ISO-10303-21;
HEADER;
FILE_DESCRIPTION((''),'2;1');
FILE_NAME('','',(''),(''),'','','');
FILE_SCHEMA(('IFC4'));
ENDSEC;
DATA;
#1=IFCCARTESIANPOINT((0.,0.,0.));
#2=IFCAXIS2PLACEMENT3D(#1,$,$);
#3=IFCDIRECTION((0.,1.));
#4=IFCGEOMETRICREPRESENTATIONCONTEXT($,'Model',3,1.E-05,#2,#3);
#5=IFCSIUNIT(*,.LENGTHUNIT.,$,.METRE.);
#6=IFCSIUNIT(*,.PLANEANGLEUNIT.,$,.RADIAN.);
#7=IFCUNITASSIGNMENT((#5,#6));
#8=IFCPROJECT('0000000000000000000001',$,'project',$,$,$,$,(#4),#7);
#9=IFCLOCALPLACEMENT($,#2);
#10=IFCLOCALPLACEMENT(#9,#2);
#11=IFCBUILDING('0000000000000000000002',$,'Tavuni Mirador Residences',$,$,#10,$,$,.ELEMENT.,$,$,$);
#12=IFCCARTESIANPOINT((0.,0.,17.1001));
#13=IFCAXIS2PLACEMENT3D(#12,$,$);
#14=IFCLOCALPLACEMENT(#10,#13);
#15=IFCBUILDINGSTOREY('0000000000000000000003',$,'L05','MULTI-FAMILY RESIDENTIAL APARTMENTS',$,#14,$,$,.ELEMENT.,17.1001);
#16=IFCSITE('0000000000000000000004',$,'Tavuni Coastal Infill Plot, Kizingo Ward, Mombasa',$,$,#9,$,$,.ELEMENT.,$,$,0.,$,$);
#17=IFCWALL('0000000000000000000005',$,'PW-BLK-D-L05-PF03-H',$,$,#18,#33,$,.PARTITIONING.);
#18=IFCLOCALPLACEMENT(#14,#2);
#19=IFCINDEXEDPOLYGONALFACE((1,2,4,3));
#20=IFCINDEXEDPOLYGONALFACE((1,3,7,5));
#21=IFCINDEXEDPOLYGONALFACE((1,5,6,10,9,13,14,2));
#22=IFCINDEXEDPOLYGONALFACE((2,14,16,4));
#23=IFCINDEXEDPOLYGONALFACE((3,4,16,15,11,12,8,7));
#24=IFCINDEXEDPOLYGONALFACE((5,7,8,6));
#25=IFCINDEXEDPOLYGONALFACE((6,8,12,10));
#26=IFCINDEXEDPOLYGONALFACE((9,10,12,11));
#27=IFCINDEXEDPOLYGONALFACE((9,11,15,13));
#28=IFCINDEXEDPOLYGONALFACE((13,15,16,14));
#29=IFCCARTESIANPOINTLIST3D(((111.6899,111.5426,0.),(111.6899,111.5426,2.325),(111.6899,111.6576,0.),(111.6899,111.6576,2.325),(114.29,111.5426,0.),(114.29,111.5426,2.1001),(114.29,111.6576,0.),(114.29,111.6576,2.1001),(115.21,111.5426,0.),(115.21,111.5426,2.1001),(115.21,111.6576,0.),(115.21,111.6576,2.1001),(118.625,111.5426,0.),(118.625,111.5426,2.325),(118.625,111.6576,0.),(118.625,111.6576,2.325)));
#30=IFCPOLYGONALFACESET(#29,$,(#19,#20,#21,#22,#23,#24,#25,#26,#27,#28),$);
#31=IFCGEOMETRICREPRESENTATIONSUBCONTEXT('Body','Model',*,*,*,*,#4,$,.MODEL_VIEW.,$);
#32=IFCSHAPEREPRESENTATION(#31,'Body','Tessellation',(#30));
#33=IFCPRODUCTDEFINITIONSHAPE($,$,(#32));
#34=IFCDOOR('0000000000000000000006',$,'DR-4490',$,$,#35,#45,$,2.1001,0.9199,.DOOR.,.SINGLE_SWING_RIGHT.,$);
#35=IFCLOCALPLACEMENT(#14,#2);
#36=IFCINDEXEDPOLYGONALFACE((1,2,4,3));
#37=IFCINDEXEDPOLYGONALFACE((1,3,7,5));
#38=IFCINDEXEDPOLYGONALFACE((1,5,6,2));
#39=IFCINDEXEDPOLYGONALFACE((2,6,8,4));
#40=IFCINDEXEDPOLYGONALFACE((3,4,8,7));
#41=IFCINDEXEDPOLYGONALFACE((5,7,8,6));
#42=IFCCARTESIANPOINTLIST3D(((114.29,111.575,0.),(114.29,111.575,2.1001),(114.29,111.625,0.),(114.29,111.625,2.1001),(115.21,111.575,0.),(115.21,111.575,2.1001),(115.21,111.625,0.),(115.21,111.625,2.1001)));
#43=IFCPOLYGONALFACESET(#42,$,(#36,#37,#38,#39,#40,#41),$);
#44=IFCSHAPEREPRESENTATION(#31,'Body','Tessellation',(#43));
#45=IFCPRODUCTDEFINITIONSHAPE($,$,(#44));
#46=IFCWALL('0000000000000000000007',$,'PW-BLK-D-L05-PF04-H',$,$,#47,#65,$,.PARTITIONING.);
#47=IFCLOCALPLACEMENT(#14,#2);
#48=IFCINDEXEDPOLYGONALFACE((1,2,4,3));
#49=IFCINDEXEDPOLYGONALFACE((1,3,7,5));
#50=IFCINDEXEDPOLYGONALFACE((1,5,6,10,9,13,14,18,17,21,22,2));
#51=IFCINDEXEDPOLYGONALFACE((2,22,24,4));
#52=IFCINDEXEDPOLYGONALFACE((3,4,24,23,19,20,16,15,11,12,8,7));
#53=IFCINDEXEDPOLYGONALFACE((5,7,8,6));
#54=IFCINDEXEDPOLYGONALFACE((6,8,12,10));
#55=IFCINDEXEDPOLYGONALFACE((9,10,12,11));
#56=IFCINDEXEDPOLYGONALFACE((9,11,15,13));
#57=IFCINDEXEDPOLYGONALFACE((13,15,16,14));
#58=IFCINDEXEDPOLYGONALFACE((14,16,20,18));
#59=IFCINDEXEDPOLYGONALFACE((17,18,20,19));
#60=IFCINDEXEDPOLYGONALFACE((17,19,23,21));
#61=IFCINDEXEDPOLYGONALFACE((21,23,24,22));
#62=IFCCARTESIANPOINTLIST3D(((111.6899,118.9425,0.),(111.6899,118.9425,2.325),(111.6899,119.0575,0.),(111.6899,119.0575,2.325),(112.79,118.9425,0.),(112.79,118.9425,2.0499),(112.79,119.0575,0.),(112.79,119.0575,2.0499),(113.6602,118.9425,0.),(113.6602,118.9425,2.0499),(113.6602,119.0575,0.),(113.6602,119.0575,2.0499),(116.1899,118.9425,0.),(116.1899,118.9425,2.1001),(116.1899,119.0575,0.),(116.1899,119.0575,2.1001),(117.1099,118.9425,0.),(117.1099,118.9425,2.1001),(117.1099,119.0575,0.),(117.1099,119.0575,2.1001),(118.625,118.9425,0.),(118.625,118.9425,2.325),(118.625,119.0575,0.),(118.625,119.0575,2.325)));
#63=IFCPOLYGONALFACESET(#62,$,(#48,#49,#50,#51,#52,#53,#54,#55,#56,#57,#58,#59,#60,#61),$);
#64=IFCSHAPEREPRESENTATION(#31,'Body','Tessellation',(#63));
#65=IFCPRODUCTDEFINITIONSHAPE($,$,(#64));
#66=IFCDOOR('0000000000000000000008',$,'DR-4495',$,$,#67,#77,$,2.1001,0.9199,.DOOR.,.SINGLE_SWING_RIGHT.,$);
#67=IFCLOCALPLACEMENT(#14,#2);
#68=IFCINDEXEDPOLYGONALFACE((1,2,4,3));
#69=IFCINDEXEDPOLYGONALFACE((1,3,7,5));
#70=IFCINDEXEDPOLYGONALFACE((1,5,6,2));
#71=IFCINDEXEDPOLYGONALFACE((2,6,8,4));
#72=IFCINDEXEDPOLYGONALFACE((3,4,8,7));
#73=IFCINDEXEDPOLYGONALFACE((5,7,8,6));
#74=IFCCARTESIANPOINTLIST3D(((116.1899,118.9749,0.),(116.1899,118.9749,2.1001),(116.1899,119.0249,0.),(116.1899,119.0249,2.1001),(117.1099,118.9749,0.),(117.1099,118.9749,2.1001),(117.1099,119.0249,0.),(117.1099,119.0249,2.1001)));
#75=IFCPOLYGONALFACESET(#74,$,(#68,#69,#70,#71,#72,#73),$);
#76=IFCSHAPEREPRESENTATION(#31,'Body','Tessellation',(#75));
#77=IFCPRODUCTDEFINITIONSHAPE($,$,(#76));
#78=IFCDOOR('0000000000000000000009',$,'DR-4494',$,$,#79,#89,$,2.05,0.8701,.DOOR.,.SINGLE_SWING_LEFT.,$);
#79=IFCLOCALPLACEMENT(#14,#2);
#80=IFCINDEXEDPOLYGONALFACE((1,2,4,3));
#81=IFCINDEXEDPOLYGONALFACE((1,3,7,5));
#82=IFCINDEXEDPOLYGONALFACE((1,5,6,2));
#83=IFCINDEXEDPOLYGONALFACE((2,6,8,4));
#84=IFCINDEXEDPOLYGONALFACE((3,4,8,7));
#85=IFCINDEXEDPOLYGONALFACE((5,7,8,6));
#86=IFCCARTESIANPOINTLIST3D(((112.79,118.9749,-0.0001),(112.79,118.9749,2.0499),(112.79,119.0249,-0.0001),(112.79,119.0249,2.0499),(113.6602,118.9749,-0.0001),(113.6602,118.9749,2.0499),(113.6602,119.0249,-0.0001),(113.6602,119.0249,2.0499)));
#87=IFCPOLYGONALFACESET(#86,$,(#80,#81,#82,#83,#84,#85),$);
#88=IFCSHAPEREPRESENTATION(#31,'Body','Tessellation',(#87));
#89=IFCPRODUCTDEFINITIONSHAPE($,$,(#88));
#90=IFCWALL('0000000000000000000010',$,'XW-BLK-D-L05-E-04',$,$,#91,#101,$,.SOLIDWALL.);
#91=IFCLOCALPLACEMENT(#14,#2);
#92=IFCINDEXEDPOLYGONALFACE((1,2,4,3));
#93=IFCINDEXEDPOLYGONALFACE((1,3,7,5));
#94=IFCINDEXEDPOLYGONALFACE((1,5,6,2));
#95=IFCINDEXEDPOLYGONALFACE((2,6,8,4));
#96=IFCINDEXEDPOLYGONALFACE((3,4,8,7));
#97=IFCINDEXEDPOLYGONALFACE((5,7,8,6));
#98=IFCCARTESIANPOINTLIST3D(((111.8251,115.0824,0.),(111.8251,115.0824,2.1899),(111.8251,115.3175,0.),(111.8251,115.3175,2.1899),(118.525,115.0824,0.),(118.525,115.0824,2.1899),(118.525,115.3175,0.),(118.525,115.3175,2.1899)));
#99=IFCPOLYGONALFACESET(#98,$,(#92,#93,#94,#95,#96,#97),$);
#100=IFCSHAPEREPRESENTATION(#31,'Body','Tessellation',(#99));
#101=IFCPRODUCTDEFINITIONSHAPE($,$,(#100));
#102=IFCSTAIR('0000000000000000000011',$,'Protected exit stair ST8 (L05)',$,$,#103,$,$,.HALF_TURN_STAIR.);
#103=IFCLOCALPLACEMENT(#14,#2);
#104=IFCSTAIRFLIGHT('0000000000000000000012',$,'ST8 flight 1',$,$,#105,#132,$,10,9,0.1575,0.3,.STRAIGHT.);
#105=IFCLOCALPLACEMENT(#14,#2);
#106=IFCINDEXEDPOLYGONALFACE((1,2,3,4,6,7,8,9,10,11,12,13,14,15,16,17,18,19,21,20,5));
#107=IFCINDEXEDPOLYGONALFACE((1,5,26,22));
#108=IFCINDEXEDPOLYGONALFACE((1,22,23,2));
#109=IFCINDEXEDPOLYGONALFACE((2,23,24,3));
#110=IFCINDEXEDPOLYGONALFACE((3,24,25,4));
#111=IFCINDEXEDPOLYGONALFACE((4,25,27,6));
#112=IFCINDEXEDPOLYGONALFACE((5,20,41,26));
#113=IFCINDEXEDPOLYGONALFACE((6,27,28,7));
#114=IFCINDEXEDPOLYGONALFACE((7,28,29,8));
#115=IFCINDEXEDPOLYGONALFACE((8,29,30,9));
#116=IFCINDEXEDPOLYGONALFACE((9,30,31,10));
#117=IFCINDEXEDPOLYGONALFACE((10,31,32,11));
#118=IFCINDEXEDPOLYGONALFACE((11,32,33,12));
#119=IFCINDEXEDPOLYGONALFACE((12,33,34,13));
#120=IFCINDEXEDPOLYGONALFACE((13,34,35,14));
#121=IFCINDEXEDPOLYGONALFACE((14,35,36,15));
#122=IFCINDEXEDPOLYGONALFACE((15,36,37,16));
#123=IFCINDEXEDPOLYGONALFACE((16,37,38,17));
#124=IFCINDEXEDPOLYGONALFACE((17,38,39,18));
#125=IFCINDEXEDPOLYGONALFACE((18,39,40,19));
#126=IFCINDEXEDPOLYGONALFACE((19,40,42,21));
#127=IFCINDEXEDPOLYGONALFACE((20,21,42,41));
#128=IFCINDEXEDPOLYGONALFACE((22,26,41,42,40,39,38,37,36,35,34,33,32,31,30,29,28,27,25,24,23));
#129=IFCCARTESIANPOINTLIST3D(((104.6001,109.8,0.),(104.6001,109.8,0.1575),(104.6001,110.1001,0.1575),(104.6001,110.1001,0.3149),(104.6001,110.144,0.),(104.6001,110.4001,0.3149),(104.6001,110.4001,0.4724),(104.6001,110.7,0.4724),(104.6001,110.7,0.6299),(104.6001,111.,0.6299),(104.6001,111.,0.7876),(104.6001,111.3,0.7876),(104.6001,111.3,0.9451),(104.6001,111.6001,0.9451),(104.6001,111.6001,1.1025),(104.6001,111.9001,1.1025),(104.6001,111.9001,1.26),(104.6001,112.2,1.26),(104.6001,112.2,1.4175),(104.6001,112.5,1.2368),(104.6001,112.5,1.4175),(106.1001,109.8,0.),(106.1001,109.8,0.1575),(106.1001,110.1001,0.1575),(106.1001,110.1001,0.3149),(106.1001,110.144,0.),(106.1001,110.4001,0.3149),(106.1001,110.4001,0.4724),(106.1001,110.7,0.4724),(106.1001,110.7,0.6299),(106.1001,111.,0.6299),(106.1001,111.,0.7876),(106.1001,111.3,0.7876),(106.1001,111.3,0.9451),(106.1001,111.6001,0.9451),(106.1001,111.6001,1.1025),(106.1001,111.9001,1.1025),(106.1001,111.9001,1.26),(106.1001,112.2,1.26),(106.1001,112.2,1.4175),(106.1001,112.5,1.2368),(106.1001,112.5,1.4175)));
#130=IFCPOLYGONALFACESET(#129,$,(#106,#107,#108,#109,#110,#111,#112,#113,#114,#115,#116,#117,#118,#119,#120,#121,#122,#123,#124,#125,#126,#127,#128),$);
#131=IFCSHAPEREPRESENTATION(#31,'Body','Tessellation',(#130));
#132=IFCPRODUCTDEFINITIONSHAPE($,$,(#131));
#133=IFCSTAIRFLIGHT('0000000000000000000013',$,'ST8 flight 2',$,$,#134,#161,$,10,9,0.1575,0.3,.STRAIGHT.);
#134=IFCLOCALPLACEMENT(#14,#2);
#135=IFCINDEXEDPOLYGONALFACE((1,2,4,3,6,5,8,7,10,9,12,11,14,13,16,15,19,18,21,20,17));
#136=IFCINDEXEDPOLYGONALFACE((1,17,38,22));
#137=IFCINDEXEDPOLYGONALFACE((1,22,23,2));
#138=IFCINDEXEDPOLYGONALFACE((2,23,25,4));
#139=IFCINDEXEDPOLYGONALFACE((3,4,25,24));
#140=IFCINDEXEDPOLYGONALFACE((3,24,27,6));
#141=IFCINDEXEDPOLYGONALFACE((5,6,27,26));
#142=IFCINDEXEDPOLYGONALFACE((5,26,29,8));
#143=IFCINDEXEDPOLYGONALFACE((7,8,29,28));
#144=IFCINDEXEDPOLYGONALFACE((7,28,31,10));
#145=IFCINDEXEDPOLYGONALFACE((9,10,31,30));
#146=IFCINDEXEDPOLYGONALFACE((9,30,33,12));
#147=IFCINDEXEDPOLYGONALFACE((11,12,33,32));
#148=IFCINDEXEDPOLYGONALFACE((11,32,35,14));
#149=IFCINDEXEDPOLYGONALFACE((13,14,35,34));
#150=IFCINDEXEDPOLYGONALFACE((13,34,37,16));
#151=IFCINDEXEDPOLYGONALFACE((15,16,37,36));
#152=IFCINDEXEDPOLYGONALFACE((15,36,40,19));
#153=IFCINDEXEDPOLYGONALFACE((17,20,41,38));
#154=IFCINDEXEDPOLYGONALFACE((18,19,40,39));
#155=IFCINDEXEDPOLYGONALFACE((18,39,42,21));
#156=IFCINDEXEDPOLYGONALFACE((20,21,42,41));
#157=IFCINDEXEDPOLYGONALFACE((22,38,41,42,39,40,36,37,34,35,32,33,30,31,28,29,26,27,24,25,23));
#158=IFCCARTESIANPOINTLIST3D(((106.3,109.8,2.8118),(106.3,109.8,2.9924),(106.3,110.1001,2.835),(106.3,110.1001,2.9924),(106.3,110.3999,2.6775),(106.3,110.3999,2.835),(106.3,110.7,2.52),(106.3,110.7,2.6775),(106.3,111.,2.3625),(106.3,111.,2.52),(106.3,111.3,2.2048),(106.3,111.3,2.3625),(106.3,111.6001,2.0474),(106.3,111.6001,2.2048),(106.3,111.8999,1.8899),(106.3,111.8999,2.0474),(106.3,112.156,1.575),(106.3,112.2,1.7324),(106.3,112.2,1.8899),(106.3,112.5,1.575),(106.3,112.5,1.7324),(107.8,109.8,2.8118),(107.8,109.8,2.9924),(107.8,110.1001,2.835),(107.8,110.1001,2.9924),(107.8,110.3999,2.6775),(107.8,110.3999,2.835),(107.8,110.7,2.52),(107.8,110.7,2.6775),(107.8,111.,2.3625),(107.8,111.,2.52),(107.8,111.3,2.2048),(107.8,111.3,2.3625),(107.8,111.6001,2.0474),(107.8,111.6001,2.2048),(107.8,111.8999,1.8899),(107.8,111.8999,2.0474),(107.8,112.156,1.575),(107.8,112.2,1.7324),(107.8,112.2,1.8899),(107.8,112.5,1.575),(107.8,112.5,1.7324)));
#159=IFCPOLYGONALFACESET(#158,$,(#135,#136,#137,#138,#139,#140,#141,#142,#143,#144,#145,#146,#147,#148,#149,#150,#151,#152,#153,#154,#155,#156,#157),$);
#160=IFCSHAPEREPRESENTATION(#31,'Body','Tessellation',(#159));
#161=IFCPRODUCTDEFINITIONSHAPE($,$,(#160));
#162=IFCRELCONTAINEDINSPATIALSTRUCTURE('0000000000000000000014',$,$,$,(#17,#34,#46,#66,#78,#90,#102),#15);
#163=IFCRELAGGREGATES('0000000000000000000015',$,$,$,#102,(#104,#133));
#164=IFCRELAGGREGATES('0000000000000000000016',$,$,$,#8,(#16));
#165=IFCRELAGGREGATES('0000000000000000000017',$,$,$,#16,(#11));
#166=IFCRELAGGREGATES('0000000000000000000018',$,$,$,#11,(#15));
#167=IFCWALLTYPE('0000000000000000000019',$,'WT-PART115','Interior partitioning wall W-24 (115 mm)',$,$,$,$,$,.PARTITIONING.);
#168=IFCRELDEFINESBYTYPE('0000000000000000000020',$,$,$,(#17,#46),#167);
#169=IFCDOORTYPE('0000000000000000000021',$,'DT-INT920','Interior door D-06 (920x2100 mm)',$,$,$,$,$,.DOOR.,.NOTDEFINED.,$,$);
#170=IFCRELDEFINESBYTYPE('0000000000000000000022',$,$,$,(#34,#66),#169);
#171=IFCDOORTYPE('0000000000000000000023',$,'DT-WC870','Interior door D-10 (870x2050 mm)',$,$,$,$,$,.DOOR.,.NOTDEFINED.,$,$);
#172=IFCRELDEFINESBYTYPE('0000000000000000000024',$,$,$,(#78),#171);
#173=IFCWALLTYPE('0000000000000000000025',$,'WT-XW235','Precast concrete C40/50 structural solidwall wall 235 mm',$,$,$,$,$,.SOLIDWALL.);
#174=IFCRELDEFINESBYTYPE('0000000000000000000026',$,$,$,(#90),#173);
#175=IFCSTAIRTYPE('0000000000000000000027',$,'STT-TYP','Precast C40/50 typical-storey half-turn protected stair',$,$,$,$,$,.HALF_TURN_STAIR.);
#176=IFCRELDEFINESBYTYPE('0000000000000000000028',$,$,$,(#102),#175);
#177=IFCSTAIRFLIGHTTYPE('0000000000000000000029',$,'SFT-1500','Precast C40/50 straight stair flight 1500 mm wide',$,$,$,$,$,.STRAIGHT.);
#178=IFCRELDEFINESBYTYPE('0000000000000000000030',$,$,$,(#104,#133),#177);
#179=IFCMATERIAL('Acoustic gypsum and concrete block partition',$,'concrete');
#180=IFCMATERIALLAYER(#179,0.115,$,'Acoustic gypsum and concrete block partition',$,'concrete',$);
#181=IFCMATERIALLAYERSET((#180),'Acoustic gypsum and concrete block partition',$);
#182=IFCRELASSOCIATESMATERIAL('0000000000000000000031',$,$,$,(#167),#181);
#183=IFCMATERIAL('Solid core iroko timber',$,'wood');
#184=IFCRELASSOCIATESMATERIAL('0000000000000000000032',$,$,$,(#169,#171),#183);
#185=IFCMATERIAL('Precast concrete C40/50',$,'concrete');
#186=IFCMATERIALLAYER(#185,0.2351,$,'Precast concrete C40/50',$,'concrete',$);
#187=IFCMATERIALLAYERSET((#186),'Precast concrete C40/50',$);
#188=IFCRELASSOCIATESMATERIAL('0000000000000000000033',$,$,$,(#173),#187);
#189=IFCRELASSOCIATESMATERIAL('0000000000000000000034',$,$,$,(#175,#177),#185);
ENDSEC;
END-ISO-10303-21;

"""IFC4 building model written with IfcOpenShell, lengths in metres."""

from ifc_helpers import new_model, si_unit, direction, frame, frame_2d, origin, place, context, subcontext, project, spatial, polyline, rectangle, outline, extrude, material, layer, layer_set, type_object, element, fill, aggregate, save


model = new_model("IFC4")

# Units and contexts
model_context = context("Model", 3, precision=1e-05, world=origin(), true_north=direction((0.0, 1.0)))
body_context = subcontext(model_context, "Body", "Model", "MODEL_VIEW")
ifc_project = project(units=[si_unit("LENGTHUNIT", "METRE"), si_unit("PLANEANGLEUNIT", "RADIAN")], contexts=[model_context])

# Site, building, storey
site_placement = place(None, origin())
site = spatial("IfcSite", under=ifc_project, at=site_placement, Name="Tavuni Coastal Infill Plot, Kizingo Ward, Mombasa", CompositionType="ELEMENT", RefElevation=0.0)
building_placement = place(site_placement, origin())
building = spatial("IfcBuilding", under=site, at=building_placement, Name="Tavuni Mirador Residences", CompositionType="ELEMENT")
storey_placement = place(building_placement, frame((0.0, 0.0, 17.1001)))
storey = spatial("IfcBuildingStorey", under=building, at=storey_placement, Name="L05", Description="MULTI-FAMILY RESIDENTIAL APARTMENTS", CompositionType="ELEMENT", Elevation=17.1001)

# Shared definitions
ifc_material_1 = material(Name="Precast concrete C40/50", Category="concrete")

# Shared definitions
ifc_material_2 = material(Name="Solid core iroko timber", Category="wood")

# Shared definitions
ifc_material_3 = material(Name="Acoustic gypsum and concrete block partition", Category="concrete")

# Wall, opening, door
ifc_layer_1 = layer(ifc_material_3, 0.115, Name="Acoustic gypsum and concrete block partition", Category="concrete")
ifc_layer_set_1 = layer_set([ifc_layer_1], Name="Acoustic gypsum and concrete block partition")
wall_type_1 = type_object("IfcWallType", Name="WT-PART115", Description="Interior partitioning wall W-24 (115 mm)", PredefinedType="PARTITIONING", material=ifc_layer_set_1)
wall_1_placement = place(storey_placement, frame((111.6899, 111.6001, 0.0), z_axis=(0.0, 0.0, 1.0), x_axis=(1.0, 0.0, 0.0)))
wall_1 = element("IfcWall", 1, at=wall_1_placement, inside=storey, type_object=wall_type_1, Name="PW-BLK-D-L05-PF03-H", PredefinedType="PARTITIONING", context=body_context, shape_type="SweptSolid", body=[
    extrude(rectangle(XDim=6.9351, YDim=0.115, at=frame_2d((3.4675, 0.0))), origin(), (0.0, 0.0, 1.0), 2.325),
])
opening_1_placement = place(wall_1_placement, frame((2.6001, 0.0, 0.0)))
opening_1 = element("IfcOpeningElement", 2, at=opening_1_placement, cuts=wall_1, PredefinedType="OPENING", context=body_context, shape_type="SweptSolid", body=[
    extrude(rectangle(XDim=0.9199, YDim=2.1001, at=frame_2d((0.46, 1.05))), frame((0.0, 0.0674, 0.0), z_axis=(0.0, -1.0, 0.0), x_axis=(1.0, 0.0, 0.0)), (0.0, 0.0, 1.0), 0.135),
])
door_type_1 = type_object("IfcDoorType", Name="DT-INT920", Description="Interior door D-06 (920x2100 mm)", OperationType="NOTDEFINED", PredefinedType="DOOR", material=ifc_material_2)
door_1_placement = place(opening_1_placement, origin())
door_1 = element("IfcDoor", 3, at=door_1_placement, inside=storey, type_object=door_type_1, Name="DR-4490", OperationType="SINGLE_SWING_RIGHT", OverallHeight=2.1001, OverallWidth=0.9199, PredefinedType="DOOR", context=body_context, shape_type="SweptSolid", body=[
    extrude(rectangle(XDim=0.9199, YDim=2.1001, at=frame_2d((0.46, 1.05))), frame((0.0, 0.0249, 0.0), z_axis=(0.0, -1.0, 0.0), x_axis=(1.0, 0.0, 0.0)), (0.0, 0.0, 1.0), 0.05),
])
fill(opening_1, door_1)

# Wall, openings, doors
wall_2_placement = place(storey_placement, frame((111.6899, 119.0, 0.0), z_axis=(0.0, 0.0, 1.0), x_axis=(1.0, 0.0, 0.0)))
wall_2 = element("IfcWall", 4, at=wall_2_placement, inside=storey, type_object=wall_type_1, Name="PW-BLK-D-L05-PF04-H", PredefinedType="PARTITIONING", context=body_context, shape_type="SweptSolid", body=[
    extrude(rectangle(XDim=6.9351, YDim=0.115, at=frame_2d((3.4675, 0.0))), origin(), (0.0, 0.0, 1.0), 2.325),
])
opening_2_placement = place(wall_2_placement, frame((1.1001, 0.0, 0.0)))
opening_2 = element("IfcOpeningElement", 5, at=opening_2_placement, cuts=wall_2, PredefinedType="OPENING", context=body_context, shape_type="SweptSolid", body=[
    extrude(rectangle(XDim=0.8701, YDim=2.05, at=frame_2d((0.4351, 1.0249))), frame((0.0, 0.0674, 0.0), z_axis=(0.0, -1.0, 0.0), x_axis=(1.0, 0.0, 0.0)), (0.0, 0.0, 1.0), 0.135),
])
opening_3_placement = place(wall_2_placement, frame((4.5, 0.0, 0.0)))
opening_3 = element("IfcOpeningElement", 6, at=opening_3_placement, cuts=wall_2, PredefinedType="OPENING", context=body_context, shape_type="SweptSolid", body=[
    extrude(rectangle(XDim=0.9199, YDim=2.1001, at=frame_2d((0.46, 1.05))), frame((0.0, 0.0674, 0.0), z_axis=(0.0, -1.0, 0.0), x_axis=(1.0, 0.0, 0.0)), (0.0, 0.0, 1.0), 0.135),
])
door_2_placement = place(opening_3_placement, origin())
door_2 = element("IfcDoor", 7, at=door_2_placement, inside=storey, type_object=door_type_1, Name="DR-4495", OperationType="SINGLE_SWING_RIGHT", OverallHeight=2.1001, OverallWidth=0.9199, PredefinedType="DOOR", context=body_context, shape_type="SweptSolid", body=[
    extrude(rectangle(XDim=0.9199, YDim=2.1001, at=frame_2d((0.46, 1.05))), frame((0.0, 0.0249, 0.0), z_axis=(0.0, -1.0, 0.0), x_axis=(1.0, 0.0, 0.0)), (0.0, 0.0, 1.0), 0.05),
])
fill(opening_3, door_2)
door_type_2 = type_object("IfcDoorType", Name="DT-WC870", Description="Interior door D-10 (870x2050 mm)", OperationType="NOTDEFINED", PredefinedType="DOOR", material=ifc_material_2)
door_3_placement = place(opening_2_placement, origin())
door_3 = element("IfcDoor", 8, at=door_3_placement, inside=storey, type_object=door_type_2, Name="DR-4494", OperationType="SINGLE_SWING_LEFT", OverallHeight=2.05, OverallWidth=0.8701, PredefinedType="DOOR", context=body_context, shape_type="SweptSolid", body=[
    extrude(rectangle(XDim=0.8701, YDim=2.05, at=frame_2d((0.4351, 1.0249))), frame((0.0, 0.0249, 0.0), z_axis=(0.0, -1.0, 0.0), x_axis=(1.0, 0.0, 0.0)), (0.0, 0.0, 1.0), 0.05),
])
fill(opening_2, door_3)

# Wall
ifc_layer_2 = layer(ifc_material_1, 0.2351, Name="Precast concrete C40/50", Category="concrete")
ifc_layer_set_2 = layer_set([ifc_layer_2], Name="Precast concrete C40/50")
wall_type_2 = type_object("IfcWallType", Name="WT-XW235", Description="Precast concrete C40/50 structural solidwall wall 235 mm", PredefinedType="SOLIDWALL", material=ifc_layer_set_2)
wall_3_placement = place(storey_placement, frame((111.825, 115.2, 0.0), z_axis=(0.0, 0.0, 1.0), x_axis=(1.0, 0.0, 0.0)))
element("IfcWall", 9, at=wall_3_placement, inside=storey, type_object=wall_type_2, Name="XW-BLK-D-L05-E-04", PredefinedType="SOLIDWALL", context=body_context, shape_type="SweptSolid", body=[
    extrude(rectangle(XDim=6.7, YDim=0.2351, at=frame_2d((3.3501, 0.0))), origin(), (0.0, 0.0, 1.0), 2.1899),
])

# Stair, stair flights
stair_type = type_object("IfcStairType", Name="STT-TYP", Description="Precast C40/50 typical-storey half-turn protected stair", PredefinedType="HALF_TURN_STAIR", material=ifc_material_1)
stair_placement = place(storey_placement, origin())
stair = element("IfcStair", 10, at=stair_placement, inside=storey, type_object=stair_type, Name="Protected exit stair ST8 (L05)", PredefinedType="HALF_TURN_STAIR")
stair_flight_type = type_object("IfcStairFlightType", Name="SFT-1500", Description="Precast C40/50 straight stair flight 1500 mm wide", PredefinedType="STRAIGHT", material=ifc_material_1)
stair_flight_1_placement = place(storey_placement, frame((105.3501, 109.8, 0.0), z_axis=(0.0, 0.0, 1.0), x_axis=(0.0, 1.0, 0.0)))
stair_flight_1 = element("IfcStairFlight", 11, at=stair_flight_1_placement, type_object=stair_flight_type, Name="ST8 flight 1", NumberOfRisers=10, NumberOfTreads=9, PredefinedType="STRAIGHT", RiserHeight=0.1575, TreadLength=0.3, context=body_context, shape_type="SweptSolid", body=[
    extrude(outline(polyline([(0.0, 0.0), (0.0, 0.1575), (0.3, 0.1575), (0.3, 0.3149), (0.6001, 0.3149), (0.6001, 0.4724), (0.8999, 0.4724), (0.8999, 0.6299), (1.2, 0.6299), (1.2, 0.7876), (1.5, 0.7876), (1.5, 0.9451), (1.8, 0.9451), (1.8, 1.1025), (2.1001, 1.1025), (2.1001, 1.26), (2.3999, 1.26), (2.3999, 1.4175), (2.7, 1.4175), (2.7, 1.575), (2.7, 1.2368), (0.344, 0.0), (0.0, 0.0)])), frame((0.0, 0.75, 0.0), z_axis=(0.0, -1.0, 0.0), x_axis=(1.0, 0.0, 0.0)), (0.0, 0.0, 1.0), 1.5),
])
stair_flight_2_placement = place(storey_placement, frame((107.05, 112.5, 1.575), z_axis=(0.0, 0.0, 1.0), x_axis=(0.0, -1.0, 0.0)))
stair_flight_2 = element("IfcStairFlight", 12, at=stair_flight_2_placement, type_object=stair_flight_type, Name="ST8 flight 2", NumberOfRisers=10, NumberOfTreads=9, PredefinedType="STRAIGHT", RiserHeight=0.1575, TreadLength=0.3, context=body_context, shape_type="SweptSolid", body=[
    extrude(outline(polyline([(0.0, 0.0), (0.0, 0.1575), (0.3, 0.1575), (0.3, 0.3149), (0.6001, 0.3149), (0.6001, 0.4724), (0.8999, 0.4724), (0.8999, 0.6299), (1.2, 0.6299), (1.2, 0.7876), (1.5, 0.7876), (1.5, 0.9451), (1.8, 0.9451), (1.8, 1.1025), (2.1001, 1.1025), (2.1001, 1.26), (2.3999, 1.26), (2.3999, 1.4175), (2.7, 1.4175), (2.7, 1.575), (2.7, 1.2368), (0.344, 0.0), (0.0, 0.0)])), frame((0.0, 0.75, 0.0), z_axis=(0.0, -1.0, 0.0), x_axis=(1.0, 0.0, 0.0)), (0.0, 0.0, 1.0), 1.5),
])
aggregate(stair, [stair_flight_1, stair_flight_2])

save(model, "model.ifc")
